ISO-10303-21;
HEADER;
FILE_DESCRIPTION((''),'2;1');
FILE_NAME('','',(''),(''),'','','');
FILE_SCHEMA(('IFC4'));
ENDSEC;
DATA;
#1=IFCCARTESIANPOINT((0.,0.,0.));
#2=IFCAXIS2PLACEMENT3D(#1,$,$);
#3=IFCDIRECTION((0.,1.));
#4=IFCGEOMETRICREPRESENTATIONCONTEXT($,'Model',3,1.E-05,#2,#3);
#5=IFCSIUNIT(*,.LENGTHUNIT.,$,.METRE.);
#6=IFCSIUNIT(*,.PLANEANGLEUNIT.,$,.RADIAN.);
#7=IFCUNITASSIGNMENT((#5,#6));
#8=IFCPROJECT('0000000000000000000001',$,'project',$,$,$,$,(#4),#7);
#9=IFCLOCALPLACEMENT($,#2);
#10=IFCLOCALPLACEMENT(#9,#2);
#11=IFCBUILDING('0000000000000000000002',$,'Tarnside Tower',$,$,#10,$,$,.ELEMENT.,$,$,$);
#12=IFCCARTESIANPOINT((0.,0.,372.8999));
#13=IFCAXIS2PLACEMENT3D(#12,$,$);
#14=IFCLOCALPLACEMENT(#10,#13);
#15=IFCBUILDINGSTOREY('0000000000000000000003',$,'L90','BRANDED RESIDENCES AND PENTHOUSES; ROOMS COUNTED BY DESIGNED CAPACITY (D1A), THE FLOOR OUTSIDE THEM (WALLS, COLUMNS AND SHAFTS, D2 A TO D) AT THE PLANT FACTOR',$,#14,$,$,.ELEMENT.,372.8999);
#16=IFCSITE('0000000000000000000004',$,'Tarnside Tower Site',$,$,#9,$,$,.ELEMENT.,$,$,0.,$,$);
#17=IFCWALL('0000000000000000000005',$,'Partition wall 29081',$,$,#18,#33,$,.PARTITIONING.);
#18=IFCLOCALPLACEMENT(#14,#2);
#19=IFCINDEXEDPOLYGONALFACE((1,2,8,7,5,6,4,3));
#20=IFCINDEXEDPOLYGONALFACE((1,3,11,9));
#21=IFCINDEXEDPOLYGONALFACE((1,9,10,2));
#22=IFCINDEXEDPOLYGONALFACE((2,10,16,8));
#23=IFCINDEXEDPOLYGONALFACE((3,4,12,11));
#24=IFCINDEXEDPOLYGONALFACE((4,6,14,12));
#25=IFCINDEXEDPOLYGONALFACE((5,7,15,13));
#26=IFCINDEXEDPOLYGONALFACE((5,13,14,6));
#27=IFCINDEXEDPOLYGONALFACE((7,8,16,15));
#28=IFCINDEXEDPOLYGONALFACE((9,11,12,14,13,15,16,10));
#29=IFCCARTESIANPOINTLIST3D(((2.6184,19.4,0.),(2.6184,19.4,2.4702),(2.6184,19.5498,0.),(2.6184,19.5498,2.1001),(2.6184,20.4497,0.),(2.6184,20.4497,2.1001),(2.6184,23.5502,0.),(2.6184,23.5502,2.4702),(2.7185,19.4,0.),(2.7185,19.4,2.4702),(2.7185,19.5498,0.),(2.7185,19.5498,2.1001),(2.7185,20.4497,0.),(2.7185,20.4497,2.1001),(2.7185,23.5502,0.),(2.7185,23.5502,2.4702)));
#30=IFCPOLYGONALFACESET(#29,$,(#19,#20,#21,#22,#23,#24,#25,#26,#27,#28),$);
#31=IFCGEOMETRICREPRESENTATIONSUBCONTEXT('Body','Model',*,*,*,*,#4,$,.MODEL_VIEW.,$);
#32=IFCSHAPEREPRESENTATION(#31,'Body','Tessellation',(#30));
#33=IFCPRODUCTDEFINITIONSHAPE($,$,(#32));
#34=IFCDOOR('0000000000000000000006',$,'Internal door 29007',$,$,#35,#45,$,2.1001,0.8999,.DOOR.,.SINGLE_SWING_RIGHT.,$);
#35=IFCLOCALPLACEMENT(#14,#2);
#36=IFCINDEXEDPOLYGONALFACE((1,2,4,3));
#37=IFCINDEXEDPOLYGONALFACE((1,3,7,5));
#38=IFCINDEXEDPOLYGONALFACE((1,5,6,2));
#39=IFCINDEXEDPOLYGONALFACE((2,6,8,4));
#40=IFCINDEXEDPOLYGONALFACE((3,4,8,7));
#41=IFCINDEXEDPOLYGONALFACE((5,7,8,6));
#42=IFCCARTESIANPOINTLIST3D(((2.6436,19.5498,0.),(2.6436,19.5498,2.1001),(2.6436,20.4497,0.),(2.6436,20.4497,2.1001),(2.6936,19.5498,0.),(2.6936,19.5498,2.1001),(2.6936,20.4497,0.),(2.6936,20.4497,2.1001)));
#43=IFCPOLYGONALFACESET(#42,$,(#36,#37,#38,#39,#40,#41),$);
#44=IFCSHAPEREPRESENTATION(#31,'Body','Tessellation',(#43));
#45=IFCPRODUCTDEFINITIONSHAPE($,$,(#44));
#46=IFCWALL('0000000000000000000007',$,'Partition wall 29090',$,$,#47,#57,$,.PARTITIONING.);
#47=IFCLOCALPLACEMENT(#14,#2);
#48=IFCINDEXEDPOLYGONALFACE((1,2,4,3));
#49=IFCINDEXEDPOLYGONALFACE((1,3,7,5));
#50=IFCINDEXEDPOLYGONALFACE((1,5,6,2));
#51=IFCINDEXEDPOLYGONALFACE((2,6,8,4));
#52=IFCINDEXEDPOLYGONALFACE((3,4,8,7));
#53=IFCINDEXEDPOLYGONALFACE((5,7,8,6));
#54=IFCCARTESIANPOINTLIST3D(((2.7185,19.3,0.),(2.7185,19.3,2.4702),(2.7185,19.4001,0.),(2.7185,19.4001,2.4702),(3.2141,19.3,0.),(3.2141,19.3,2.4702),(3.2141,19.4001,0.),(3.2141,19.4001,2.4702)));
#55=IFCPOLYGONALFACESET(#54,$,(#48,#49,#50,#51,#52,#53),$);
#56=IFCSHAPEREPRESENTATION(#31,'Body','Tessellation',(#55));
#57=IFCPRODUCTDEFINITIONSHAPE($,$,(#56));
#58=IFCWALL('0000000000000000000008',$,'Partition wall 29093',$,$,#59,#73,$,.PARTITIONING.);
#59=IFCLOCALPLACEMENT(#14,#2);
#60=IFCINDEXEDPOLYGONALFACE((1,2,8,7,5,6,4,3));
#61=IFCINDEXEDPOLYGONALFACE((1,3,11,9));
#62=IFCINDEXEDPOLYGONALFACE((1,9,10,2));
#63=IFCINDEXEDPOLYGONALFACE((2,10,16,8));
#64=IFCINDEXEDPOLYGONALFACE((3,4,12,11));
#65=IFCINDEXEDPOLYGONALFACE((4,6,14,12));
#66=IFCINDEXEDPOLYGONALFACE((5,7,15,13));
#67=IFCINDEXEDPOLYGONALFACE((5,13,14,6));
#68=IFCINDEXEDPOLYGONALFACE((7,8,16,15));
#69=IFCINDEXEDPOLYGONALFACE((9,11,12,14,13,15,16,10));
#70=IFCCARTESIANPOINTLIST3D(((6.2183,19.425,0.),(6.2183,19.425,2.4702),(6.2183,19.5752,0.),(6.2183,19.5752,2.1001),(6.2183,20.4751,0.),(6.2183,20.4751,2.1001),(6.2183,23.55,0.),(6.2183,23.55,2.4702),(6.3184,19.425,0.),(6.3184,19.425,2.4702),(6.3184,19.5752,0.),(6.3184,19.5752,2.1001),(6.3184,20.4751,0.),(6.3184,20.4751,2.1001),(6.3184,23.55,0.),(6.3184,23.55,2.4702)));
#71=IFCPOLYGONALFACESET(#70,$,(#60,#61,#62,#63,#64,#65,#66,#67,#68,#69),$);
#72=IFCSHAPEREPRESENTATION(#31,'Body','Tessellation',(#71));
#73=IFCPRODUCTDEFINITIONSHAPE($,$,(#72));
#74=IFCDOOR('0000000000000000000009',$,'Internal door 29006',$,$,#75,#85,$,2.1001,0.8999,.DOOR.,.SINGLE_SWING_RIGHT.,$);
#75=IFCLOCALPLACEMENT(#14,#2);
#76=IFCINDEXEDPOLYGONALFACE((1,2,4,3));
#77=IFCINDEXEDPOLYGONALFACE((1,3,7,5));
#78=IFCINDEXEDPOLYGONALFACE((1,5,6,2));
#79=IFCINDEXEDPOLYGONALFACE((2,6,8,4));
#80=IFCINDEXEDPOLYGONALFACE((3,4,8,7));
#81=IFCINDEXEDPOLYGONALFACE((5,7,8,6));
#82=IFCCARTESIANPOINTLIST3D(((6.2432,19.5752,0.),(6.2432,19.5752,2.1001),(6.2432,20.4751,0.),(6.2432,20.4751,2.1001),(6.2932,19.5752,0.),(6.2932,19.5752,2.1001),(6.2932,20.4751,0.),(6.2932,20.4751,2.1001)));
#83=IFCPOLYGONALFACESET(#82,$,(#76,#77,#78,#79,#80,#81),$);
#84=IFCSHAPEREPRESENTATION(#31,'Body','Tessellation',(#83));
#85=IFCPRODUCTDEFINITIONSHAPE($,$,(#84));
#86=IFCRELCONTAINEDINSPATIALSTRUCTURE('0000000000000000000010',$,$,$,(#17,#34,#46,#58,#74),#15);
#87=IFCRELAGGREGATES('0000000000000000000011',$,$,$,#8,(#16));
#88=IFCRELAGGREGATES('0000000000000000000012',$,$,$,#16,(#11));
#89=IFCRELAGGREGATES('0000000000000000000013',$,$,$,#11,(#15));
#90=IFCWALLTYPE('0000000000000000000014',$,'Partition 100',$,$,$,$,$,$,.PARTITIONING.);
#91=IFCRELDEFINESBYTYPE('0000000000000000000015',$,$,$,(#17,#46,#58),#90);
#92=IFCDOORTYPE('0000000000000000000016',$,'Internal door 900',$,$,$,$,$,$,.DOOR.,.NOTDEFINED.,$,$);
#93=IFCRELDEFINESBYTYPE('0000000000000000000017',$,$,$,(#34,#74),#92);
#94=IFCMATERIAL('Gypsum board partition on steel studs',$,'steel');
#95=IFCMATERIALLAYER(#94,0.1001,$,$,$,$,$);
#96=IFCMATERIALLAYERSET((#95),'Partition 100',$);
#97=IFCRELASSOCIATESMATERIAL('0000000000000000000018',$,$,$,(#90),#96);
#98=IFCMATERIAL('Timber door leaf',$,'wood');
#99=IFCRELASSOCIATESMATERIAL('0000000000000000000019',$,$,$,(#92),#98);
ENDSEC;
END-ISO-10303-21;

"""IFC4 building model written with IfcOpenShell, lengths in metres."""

from ifc_helpers import new_model, si_unit, direction, frame, frame_2d, origin, place, context, subcontext, project, spatial, rectangle, extrude, material, layer, layer_set, type_object, element, fill, save


model = new_model("IFC4")

# Units and contexts
model_context = context("Model", 3, precision=1e-05, world=origin(), true_north=direction((0.0, 1.0)))
body_context = subcontext(model_context, "Body", "Model", "MODEL_VIEW")
ifc_project = project(units=[si_unit("LENGTHUNIT", "METRE"), si_unit("PLANEANGLEUNIT", "RADIAN")], contexts=[model_context])

# Site, building, storey
site_placement = place(None, origin())
site = spatial("IfcSite", under=ifc_project, at=site_placement, Name="Tarnside Tower Site", CompositionType="ELEMENT", RefElevation=0.0)
building_placement = place(site_placement, origin())
building = spatial("IfcBuilding", under=site, at=building_placement, Name="Tarnside Tower", CompositionType="ELEMENT")
storey_placement = place(building_placement, frame((0.0, 0.0, 372.8999)))
storey = spatial("IfcBuildingStorey", under=building, at=storey_placement, Name="L90", Description="BRANDED RESIDENCES AND PENTHOUSES; ROOMS COUNTED BY DESIGNED CAPACITY (D1A), THE FLOOR OUTSIDE THEM (WALLS, COLUMNS AND SHAFTS, D2 A TO D) AT THE PLANT FACTOR", CompositionType="ELEMENT", Elevation=372.8999)

# Shared definitions
ifc_material_1 = material(Name="Gypsum board partition on steel studs", Category="steel")
ifc_material_2 = material(Name="Timber door leaf", Category="wood")

# Wall, opening, door
ifc_layer_1 = layer(ifc_material_1, 0.1001)
ifc_layer_set_1 = layer_set([ifc_layer_1], Name="Partition 100")
wall_type_1 = type_object("IfcWallType", Name="Partition 100", PredefinedType="PARTITIONING", material=ifc_layer_set_1)
wall_1_placement = place(storey_placement, frame((2.6685, 19.3999, 0.0), z_axis=(0.0, 0.0, 1.0), x_axis=(0.0, 1.0, 0.0)))
wall_1 = element("IfcWall", 1, at=wall_1_placement, inside=storey, type_object=wall_type_1, Name="Partition wall 29081", PredefinedType="PARTITIONING", context=body_context, shape_type="SweptSolid", body=[
    extrude(rectangle(XDim=4.1501, YDim=0.1001, at=frame_2d((2.0752, 0.0))), origin(), (0.0, 0.0, 1.0), 2.4702),
])
opening_1_placement = place(wall_1_placement, frame((0.1499, 0.0, 0.0)))
opening_1 = element("IfcOpeningElement", 2, at=opening_1_placement, cuts=wall_1, PredefinedType="OPENING", context=body_context, shape_type="SweptSolid", body=[
    extrude(rectangle(XDim=0.8999, YDim=2.1001, at=frame_2d((0.45, 1.05))), frame((0.0, 0.0601, 0.0), z_axis=(0.0, -1.0, 0.0), x_axis=(1.0, 0.0, 0.0)), (0.0, 0.0, 1.0), 0.1201),
])
door_type_1 = type_object("IfcDoorType", Name="Internal door 900", OperationType="NOTDEFINED", PredefinedType="DOOR", material=ifc_material_2)
door_1_placement = place(opening_1_placement, origin())
door_1 = element("IfcDoor", 3, at=door_1_placement, inside=storey, type_object=door_type_1, Name="Internal door 29007", OperationType="SINGLE_SWING_RIGHT", OverallHeight=2.1001, OverallWidth=0.8999, PredefinedType="DOOR", context=body_context, shape_type="SweptSolid", body=[
    extrude(rectangle(XDim=0.8999, YDim=2.1001, at=frame_2d((0.45, 1.05))), frame((0.0, 0.0249, 0.0), z_axis=(0.0, -1.0, 0.0), x_axis=(1.0, 0.0, 0.0)), (0.0, 0.0, 1.0), 0.05),
])
fill(opening_1, door_1)

# Wall
wall_2_placement = place(storey_placement, frame((3.2141, 19.3501, 0.0), z_axis=(0.0, 0.0, 1.0), x_axis=(-1.0, 0.0, 0.0)))
element("IfcWall", 4, at=wall_2_placement, inside=storey, type_object=wall_type_1, Name="Partition wall 29090", PredefinedType="PARTITIONING", context=body_context, shape_type="SweptSolid", body=[
    extrude(rectangle(XDim=0.4956, YDim=0.1001, at=frame_2d((0.2478, 0.0))), origin(), (0.0, 0.0, 1.0), 2.4702),
])

# Wall, opening, door
wall_3_placement = place(storey_placement, frame((6.2683, 23.55, 0.0), z_axis=(0.0, 0.0, 1.0), x_axis=(0.0, -1.0, 0.0)))
wall_3 = element("IfcWall", 5, at=wall_3_placement, inside=storey, type_object=wall_type_1, Name="Partition wall 29093", PredefinedType="PARTITIONING", context=body_context, shape_type="SweptSolid", body=[
    extrude(rectangle(XDim=4.125, YDim=0.1001, at=frame_2d((2.0625, 0.0))), origin(), (0.0, 0.0, 1.0), 2.4702),
])
opening_2_placement = place(wall_3_placement, frame((3.075, 0.0, 0.0)))
opening_2 = element("IfcOpeningElement", 6, at=opening_2_placement, cuts=wall_3, PredefinedType="OPENING", context=body_context, shape_type="SweptSolid", body=[
    extrude(rectangle(XDim=0.8999, YDim=2.1001, at=frame_2d((0.45, 1.05))), frame((0.0, 0.0601, 0.0), z_axis=(0.0, -1.0, 0.0), x_axis=(1.0, 0.0, 0.0)), (0.0, 0.0, 1.0), 0.1201),
])
door_2_placement = place(opening_2_placement, origin())
door_2 = element("IfcDoor", 7, at=door_2_placement, inside=storey, type_object=door_type_1, Name="Internal door 29006", OperationType="SINGLE_SWING_RIGHT", OverallHeight=2.1001, OverallWidth=0.8999, PredefinedType="DOOR", context=body_context, shape_type="SweptSolid", body=[
    extrude(rectangle(XDim=0.8999, YDim=2.1001, at=frame_2d((0.45, 1.05))), frame((0.0, 0.0249, 0.0), z_axis=(0.0, -1.0, 0.0), x_axis=(1.0, 0.0, 0.0)), (0.0, 0.0, 1.0), 0.05),
])
fill(opening_2, door_2)

save(model, "model.ifc")
